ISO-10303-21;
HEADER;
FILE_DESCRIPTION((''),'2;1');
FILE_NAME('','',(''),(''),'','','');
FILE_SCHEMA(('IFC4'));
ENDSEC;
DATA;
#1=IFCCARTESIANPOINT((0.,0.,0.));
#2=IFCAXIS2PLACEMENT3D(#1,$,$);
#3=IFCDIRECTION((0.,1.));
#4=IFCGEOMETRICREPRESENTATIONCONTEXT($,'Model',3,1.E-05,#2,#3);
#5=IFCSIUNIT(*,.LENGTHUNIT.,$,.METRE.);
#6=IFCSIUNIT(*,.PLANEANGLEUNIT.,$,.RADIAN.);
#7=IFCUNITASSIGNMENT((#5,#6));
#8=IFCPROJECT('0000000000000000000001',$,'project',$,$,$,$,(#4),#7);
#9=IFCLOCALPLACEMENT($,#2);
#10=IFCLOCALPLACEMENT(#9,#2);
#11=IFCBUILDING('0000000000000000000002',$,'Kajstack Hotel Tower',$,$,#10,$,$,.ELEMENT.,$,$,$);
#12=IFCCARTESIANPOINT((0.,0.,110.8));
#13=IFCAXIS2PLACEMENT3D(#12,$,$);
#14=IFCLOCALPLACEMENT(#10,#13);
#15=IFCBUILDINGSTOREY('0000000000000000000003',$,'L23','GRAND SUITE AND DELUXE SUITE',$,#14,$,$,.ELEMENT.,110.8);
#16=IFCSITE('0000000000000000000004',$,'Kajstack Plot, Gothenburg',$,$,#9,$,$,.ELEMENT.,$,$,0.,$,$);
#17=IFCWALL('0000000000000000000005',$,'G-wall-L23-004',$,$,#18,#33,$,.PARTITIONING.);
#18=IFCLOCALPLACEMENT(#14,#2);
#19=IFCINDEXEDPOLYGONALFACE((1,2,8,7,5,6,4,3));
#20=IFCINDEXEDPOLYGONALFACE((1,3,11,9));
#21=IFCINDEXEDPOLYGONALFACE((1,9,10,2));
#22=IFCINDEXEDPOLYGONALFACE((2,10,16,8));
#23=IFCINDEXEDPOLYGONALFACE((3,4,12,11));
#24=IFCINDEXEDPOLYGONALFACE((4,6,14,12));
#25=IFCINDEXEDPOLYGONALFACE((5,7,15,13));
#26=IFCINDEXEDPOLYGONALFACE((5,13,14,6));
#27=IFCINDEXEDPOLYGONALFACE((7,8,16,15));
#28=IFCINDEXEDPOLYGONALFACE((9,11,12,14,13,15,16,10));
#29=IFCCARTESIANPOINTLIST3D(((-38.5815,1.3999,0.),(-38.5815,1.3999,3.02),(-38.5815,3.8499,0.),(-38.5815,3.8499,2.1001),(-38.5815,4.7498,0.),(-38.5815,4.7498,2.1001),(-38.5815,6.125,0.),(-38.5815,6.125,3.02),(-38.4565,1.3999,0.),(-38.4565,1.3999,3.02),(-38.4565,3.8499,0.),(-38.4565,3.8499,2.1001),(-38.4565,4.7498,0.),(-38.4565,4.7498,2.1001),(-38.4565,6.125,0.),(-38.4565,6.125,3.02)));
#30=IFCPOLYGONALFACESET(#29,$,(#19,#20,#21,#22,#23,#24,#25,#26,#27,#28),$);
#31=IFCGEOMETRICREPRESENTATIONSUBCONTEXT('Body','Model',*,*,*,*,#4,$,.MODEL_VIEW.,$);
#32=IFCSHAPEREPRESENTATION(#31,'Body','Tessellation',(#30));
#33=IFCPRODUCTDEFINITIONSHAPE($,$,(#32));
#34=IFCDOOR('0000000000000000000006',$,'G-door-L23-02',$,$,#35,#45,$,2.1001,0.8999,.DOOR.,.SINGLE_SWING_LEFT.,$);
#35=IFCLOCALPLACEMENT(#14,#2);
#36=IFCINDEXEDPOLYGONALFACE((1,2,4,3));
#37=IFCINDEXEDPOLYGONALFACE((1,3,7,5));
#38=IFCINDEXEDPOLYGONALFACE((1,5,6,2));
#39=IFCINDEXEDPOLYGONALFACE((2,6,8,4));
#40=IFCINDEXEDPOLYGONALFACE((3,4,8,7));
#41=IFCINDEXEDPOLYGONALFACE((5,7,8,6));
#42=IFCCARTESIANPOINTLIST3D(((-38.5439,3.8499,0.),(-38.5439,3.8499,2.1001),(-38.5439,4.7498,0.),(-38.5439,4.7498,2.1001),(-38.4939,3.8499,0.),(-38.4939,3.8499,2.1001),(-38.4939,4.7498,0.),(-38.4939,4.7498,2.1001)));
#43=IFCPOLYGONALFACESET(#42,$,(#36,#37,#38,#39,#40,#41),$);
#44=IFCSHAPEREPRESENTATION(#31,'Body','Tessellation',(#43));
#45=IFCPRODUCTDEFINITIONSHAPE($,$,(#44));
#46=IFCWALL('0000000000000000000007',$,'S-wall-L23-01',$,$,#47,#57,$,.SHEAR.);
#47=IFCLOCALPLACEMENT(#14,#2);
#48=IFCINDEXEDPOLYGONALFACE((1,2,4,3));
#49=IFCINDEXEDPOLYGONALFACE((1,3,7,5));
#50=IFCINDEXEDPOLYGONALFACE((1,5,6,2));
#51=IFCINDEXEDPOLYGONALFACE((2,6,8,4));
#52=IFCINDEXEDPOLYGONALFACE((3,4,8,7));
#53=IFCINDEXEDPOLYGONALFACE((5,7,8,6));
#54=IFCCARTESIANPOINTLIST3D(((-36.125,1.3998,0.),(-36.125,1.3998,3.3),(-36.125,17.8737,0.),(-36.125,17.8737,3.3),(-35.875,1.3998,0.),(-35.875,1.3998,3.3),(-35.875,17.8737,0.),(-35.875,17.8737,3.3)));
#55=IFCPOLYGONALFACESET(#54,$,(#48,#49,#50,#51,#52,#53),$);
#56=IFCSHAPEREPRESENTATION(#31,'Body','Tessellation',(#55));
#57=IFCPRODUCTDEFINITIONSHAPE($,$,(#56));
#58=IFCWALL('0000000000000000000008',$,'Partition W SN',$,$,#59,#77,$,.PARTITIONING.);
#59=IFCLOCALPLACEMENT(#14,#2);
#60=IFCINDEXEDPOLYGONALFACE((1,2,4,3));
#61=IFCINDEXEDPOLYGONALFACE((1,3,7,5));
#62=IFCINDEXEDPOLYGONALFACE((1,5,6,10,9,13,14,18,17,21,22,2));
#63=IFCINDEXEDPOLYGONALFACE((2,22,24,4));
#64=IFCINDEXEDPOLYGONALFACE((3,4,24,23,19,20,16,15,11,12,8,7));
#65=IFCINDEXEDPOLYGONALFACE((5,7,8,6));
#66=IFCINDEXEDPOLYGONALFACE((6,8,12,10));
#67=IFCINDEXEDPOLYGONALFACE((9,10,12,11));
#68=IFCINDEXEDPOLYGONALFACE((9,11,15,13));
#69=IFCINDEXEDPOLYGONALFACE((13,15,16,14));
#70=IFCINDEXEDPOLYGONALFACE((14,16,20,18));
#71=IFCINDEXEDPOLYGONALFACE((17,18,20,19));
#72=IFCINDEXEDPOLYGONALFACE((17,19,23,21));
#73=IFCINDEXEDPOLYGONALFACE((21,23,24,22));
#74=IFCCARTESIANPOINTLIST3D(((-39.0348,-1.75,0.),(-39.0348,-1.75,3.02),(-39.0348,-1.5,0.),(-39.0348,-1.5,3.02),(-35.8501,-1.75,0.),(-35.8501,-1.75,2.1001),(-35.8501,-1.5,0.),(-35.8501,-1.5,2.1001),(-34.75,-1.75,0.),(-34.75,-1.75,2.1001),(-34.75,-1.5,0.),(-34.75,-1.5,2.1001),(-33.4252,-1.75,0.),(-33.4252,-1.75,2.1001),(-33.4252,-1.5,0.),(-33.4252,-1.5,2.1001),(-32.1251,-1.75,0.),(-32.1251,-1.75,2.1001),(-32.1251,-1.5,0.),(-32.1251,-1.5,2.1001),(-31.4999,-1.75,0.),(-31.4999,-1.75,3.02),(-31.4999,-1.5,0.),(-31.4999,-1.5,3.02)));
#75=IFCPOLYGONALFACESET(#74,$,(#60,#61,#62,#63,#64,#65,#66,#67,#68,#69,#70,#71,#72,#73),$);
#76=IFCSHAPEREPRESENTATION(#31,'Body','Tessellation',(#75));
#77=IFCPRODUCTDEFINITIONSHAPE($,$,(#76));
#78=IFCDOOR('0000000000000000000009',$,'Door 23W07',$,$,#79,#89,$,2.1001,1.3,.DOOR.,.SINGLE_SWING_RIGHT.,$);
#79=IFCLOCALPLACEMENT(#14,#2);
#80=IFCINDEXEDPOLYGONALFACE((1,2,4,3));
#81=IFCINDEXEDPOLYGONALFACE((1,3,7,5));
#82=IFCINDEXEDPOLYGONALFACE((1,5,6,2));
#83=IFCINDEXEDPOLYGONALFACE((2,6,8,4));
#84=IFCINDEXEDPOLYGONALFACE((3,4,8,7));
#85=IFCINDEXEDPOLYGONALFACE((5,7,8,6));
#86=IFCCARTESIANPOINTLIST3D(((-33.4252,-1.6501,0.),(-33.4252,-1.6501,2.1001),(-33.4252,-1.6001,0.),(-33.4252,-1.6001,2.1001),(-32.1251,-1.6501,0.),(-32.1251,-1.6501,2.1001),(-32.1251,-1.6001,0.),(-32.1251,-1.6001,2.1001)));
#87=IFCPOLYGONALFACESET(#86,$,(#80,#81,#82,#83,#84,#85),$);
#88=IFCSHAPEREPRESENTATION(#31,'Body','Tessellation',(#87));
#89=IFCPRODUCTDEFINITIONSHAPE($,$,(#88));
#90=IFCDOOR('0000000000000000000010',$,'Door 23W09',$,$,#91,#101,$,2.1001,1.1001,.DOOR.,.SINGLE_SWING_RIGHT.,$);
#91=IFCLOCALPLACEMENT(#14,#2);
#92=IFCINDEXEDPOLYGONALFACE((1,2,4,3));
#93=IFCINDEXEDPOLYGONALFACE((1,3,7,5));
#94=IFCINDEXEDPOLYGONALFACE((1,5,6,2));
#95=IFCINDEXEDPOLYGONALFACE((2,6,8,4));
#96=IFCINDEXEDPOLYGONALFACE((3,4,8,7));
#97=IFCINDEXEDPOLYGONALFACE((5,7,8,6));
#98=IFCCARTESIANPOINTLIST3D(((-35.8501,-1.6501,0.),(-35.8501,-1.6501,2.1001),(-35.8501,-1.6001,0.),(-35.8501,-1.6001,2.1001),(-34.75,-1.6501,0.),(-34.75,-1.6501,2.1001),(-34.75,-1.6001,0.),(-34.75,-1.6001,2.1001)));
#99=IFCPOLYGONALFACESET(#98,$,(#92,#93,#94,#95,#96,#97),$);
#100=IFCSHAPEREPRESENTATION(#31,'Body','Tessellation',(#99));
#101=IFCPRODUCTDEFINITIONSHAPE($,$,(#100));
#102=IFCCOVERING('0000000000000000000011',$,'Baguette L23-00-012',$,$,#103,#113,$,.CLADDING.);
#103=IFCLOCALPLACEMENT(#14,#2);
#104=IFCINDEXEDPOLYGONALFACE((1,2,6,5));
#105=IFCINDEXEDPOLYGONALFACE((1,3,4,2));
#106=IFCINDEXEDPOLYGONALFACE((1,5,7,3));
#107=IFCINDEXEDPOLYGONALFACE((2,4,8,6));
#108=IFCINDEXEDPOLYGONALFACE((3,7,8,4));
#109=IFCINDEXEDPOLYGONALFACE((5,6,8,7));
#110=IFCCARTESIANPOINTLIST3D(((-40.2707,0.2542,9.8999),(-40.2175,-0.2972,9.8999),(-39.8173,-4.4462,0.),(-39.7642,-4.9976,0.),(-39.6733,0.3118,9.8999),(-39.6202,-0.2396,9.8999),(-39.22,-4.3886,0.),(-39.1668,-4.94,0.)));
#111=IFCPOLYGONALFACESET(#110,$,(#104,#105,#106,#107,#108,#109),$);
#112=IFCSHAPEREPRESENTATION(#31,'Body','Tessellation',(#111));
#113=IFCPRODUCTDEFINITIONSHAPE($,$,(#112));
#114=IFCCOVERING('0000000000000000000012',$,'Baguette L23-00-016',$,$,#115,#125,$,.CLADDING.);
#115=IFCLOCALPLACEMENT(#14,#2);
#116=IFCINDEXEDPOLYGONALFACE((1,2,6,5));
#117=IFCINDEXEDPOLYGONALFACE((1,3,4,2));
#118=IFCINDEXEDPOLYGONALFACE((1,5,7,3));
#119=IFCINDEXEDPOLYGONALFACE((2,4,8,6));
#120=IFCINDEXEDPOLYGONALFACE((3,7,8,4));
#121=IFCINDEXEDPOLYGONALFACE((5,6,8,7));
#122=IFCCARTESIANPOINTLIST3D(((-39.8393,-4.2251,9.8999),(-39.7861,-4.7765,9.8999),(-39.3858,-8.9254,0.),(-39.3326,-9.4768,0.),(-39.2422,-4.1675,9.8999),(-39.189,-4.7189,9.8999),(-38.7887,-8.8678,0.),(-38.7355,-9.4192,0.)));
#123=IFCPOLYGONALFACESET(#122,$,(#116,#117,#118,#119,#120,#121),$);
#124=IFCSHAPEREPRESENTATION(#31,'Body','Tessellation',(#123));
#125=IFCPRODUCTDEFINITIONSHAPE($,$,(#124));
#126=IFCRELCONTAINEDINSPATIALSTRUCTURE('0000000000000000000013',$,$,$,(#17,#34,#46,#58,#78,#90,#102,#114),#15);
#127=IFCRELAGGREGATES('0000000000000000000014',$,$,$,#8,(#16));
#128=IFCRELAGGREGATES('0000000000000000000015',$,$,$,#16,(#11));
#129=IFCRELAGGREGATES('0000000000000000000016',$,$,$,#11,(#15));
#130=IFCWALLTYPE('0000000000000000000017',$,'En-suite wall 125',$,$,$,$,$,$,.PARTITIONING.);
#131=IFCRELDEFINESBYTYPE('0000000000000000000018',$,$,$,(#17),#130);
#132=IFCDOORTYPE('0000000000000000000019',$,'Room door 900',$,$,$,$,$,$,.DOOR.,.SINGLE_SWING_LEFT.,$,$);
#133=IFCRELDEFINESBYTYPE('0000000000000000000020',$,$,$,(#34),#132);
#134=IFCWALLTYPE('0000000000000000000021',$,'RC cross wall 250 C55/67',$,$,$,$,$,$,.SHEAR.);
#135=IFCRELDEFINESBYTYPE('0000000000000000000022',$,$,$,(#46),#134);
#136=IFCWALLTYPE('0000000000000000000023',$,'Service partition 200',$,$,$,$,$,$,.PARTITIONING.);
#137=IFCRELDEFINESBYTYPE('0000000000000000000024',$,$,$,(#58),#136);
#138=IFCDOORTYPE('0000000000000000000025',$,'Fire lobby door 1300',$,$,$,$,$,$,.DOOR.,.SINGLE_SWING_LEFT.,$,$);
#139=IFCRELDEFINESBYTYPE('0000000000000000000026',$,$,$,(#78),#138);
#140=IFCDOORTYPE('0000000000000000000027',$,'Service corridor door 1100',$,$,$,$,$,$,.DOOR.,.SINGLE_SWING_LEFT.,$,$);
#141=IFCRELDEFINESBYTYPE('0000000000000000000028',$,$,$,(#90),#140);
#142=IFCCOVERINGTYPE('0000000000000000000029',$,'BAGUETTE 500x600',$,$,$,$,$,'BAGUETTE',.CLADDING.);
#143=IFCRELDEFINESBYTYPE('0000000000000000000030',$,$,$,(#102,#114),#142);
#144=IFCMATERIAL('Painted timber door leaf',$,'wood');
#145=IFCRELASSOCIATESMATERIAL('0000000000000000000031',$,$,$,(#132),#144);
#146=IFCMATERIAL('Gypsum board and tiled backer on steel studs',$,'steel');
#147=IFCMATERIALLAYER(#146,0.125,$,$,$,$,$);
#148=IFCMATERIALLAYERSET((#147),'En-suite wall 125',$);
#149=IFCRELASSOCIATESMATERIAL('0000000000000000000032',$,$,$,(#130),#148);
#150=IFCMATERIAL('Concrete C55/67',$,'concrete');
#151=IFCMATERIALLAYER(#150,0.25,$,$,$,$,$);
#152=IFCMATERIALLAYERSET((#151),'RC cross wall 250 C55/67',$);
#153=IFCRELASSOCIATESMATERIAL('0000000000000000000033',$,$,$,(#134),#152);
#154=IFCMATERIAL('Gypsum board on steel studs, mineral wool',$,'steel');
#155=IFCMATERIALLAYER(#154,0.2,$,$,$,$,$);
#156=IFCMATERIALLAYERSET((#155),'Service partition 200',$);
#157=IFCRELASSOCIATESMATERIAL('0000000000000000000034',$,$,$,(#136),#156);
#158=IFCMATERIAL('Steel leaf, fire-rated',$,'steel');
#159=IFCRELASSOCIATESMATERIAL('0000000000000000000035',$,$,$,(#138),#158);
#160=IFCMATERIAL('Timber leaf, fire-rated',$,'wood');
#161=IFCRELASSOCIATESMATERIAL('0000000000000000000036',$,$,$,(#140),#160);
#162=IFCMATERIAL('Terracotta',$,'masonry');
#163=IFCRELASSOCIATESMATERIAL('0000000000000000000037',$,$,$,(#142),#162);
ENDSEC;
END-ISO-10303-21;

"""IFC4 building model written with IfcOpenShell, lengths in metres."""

from ifc_helpers import new_model, si_unit, direction, frame, frame_2d, origin, origin_2d, place, context, subcontext, project, spatial, polyline, rectangle, outline, extrude, material, layer, layer_set, material_profile, profile_set, type_object, element, fill, save


model = new_model("IFC4")

# Units and contexts
model_context = context("Model", 3, precision=1e-05, world=origin(), true_north=direction((0.0, 1.0)))
body_context = subcontext(model_context, "Body", "Model", "MODEL_VIEW")
ifc_project = project(units=[si_unit("LENGTHUNIT", "METRE"), si_unit("PLANEANGLEUNIT", "RADIAN")], contexts=[model_context])

# Site, building, storey
site_placement = place(None, origin())
site = spatial("IfcSite", under=ifc_project, at=site_placement, Name="Kajstack Plot, Gothenburg", CompositionType="ELEMENT", RefElevation=0.0)
building_placement = place(site_placement, origin())
building = spatial("IfcBuilding", under=site, at=building_placement, Name="Kajstack Hotel Tower", CompositionType="ELEMENT")
storey_placement = place(building_placement, frame((0.0, 0.0, 110.8)))
storey = spatial("IfcBuildingStorey", under=building, at=storey_placement, Name="L23", Description="GRAND SUITE AND DELUXE SUITE", CompositionType="ELEMENT", Elevation=110.8)

# Shared definitions
ifc_material_1 = material(Name="Gypsum board on steel studs, mineral wool", Category="steel")
ifc_material_2 = material(Name="Painted timber door leaf", Category="wood")
door_type_1 = type_object("IfcDoorType", Name="Room door 900", OperationType="SINGLE_SWING_LEFT", PredefinedType="DOOR", material=ifc_material_2)

# Wall, opening, door
ifc_material_3 = material(Name="Gypsum board and tiled backer on steel studs", Category="steel")
ifc_layer_1 = layer(ifc_material_3, 0.125)
ifc_layer_set_1 = layer_set([ifc_layer_1], Name="En-suite wall 125")
wall_type_1 = type_object("IfcWallType", Name="En-suite wall 125", PredefinedType="PARTITIONING", material=ifc_layer_set_1)
wall_1_placement = place(storey_placement, frame((-38.519, 1.3999, 0.0), z_axis=(0.0, 0.0, 1.0), x_axis=(0.0, 1.0, 0.0)))
wall_1 = element("IfcWall", 1, at=wall_1_placement, inside=storey, type_object=wall_type_1, Name="G-wall-L23-004", PredefinedType="PARTITIONING", context=body_context, shape_type="SweptSolid", body=[
    extrude(rectangle(XDim=4.7251, YDim=0.125, at=frame_2d((2.3625, 0.0))), origin(), (0.0, 0.0, 1.0), 3.02),
])
opening_1_placement = place(wall_1_placement, frame((2.45, 0.0, 0.0)))
opening_1 = element("IfcOpeningElement", 2, at=opening_1_placement, cuts=wall_1, PredefinedType="OPENING", context=body_context, shape_type="SweptSolid", body=[
    extrude(rectangle(XDim=0.8999, YDim=2.1001, at=frame_2d((0.45, 1.05))), frame((0.0, 0.0725, 0.0), z_axis=(0.0, -1.0, 0.0), x_axis=(1.0, 0.0, 0.0)), (0.0, 0.0, 1.0), 0.145),
])
door_1_placement = place(opening_1_placement, origin())
door_1 = element("IfcDoor", 3, at=door_1_placement, inside=storey, type_object=door_type_1, Name="G-door-L23-02", OperationType="SINGLE_SWING_LEFT", OverallHeight=2.1001, OverallWidth=0.8999, PredefinedType="DOOR", context=body_context, shape_type="SweptSolid", body=[
    extrude(rectangle(XDim=0.8999, YDim=2.1001, at=frame_2d((0.45, 1.05))), frame((0.0, 0.0249, 0.0), z_axis=(0.0, -1.0, 0.0), x_axis=(1.0, 0.0, 0.0)), (0.0, 0.0, 1.0), 0.05),
])
fill(opening_1, door_1)

# Wall
ifc_material_4 = material(Name="Concrete C55/67", Category="concrete")
ifc_layer_2 = layer(ifc_material_4, 0.25)
ifc_layer_set_2 = layer_set([ifc_layer_2], Name="RC cross wall 250 C55/67")
wall_type_2 = type_object("IfcWallType", Name="RC cross wall 250 C55/67", PredefinedType="SHEAR", material=ifc_layer_set_2)
wall_2_placement = place(storey_placement, frame((-36.0, 1.3999, 0.0), z_axis=(0.0, 0.0, 1.0), x_axis=(0.0, 1.0, 0.0)))
element("IfcWall", 4, at=wall_2_placement, inside=storey, type_object=wall_type_2, Name="S-wall-L23-01", PredefinedType="SHEAR", context=body_context, shape_type="SweptSolid", body=[
    extrude(rectangle(XDim=16.4739, YDim=0.25, at=frame_2d((8.2368, 0.0))), origin(), (0.0, 0.0, 1.0), 3.3),
])

# Wall, openings, doors
ifc_layer_3 = layer(ifc_material_1, 0.2)
ifc_layer_set_3 = layer_set([ifc_layer_3], Name="Service partition 200")
wall_type_3 = type_object("IfcWallType", Name="Service partition 200", PredefinedType="PARTITIONING", material=ifc_layer_set_3)
wall_3_placement = place(storey_placement, frame((-39.0349, -1.625, 0.0), z_axis=(0.0, 0.0, 1.0), x_axis=(1.0, 0.0, 0.0)))
wall_3 = element("IfcWall", 5, at=wall_3_placement, inside=storey, type_object=wall_type_3, Name="Partition W SN", PredefinedType="PARTITIONING", context=body_context, shape_type="SweptSolid", body=[
    extrude(rectangle(XDim=7.5349, YDim=0.25, at=frame_2d((3.7676, 0.0))), origin(), (0.0, 0.0, 1.0), 3.02),
])
opening_2_placement = place(wall_3_placement, frame((5.6099, 0.0, 0.0)))
opening_2 = element("IfcOpeningElement", 6, at=opening_2_placement, cuts=wall_3, PredefinedType="OPENING", context=body_context, shape_type="SweptSolid", body=[
    extrude(rectangle(XDim=1.3, YDim=2.1001, at=frame_2d((0.6499, 1.05))), frame((0.0, 0.135, 0.0), z_axis=(0.0, -1.0, 0.0), x_axis=(1.0, 0.0, 0.0)), (0.0, 0.0, 1.0), 0.27),
])
opening_3_placement = place(wall_3_placement, frame((3.1848, 0.0, 0.0)))
opening_3 = element("IfcOpeningElement", 7, at=opening_3_placement, cuts=wall_3, PredefinedType="OPENING", context=body_context, shape_type="SweptSolid", body=[
    extrude(rectangle(XDim=1.1001, YDim=2.1001, at=frame_2d((0.55, 1.05))), frame((0.0, 0.135, 0.0), z_axis=(0.0, -1.0, 0.0), x_axis=(1.0, 0.0, 0.0)), (0.0, 0.0, 1.0), 0.27),
])
ifc_material_5 = material(Name="Steel leaf, fire-rated", Category="steel")
door_type_2 = type_object("IfcDoorType", Name="Fire lobby door 1300", OperationType="SINGLE_SWING_LEFT", PredefinedType="DOOR", material=ifc_material_5)
door_2_placement = place(opening_2_placement, origin())
door_2 = element("IfcDoor", 8, at=door_2_placement, inside=storey, type_object=door_type_2, Name="Door 23W07", OperationType="SINGLE_SWING_RIGHT", OverallHeight=2.1001, OverallWidth=1.3, PredefinedType="DOOR", context=body_context, shape_type="SweptSolid", body=[
    extrude(rectangle(XDim=1.3, YDim=2.1001, at=frame_2d((0.6499, 1.05))), frame((0.0, 0.0249, 0.0), z_axis=(0.0, -1.0, 0.0), x_axis=(1.0, 0.0, 0.0)), (0.0, 0.0, 1.0), 0.05),
])
fill(opening_2, door_2)
ifc_material_6 = material(Name="Timber leaf, fire-rated", Category="wood")
door_type_3 = type_object("IfcDoorType", Name="Service corridor door 1100", OperationType="SINGLE_SWING_LEFT", PredefinedType="DOOR", material=ifc_material_6)
door_3_placement = place(opening_3_placement, origin())
door_3 = element("IfcDoor", 9, at=door_3_placement, inside=storey, type_object=door_type_3, Name="Door 23W09", OperationType="SINGLE_SWING_RIGHT", OverallHeight=2.1001, OverallWidth=1.1001, PredefinedType="DOOR", context=body_context, shape_type="SweptSolid", body=[
    extrude(rectangle(XDim=1.1001, YDim=2.1001, at=frame_2d((0.55, 1.05))), frame((0.0, 0.0249, 0.0), z_axis=(0.0, -1.0, 0.0), x_axis=(1.0, 0.0, 0.0)), (0.0, 0.0, 1.0), 0.05),
])
fill(opening_3, door_3)

# Coverings
ifc_material_7 = material(Name="Terracotta", Category="masonry")
ifc_material_profile = material_profile(ifc_material_7, rectangle(XDim=0.6001, YDim=0.5, at=origin_2d()), Name="Terracotta-clad concrete baguette 500 x 600")
ifc_profile_set = profile_set([ifc_material_profile], Name="Terracotta")
covering_type = type_object("IfcCoveringType", Name="BAGUETTE 500x600", ElementType="BAGUETTE", PredefinedType="CLADDING", material=ifc_profile_set)
covering_1_placement = place(storey_placement, frame((-39.6733, 0.3118, 0.0), z_axis=(-0.995381, -0.095999, 0.0), x_axis=(0.095999, -0.995381, 0.0)))
element("IfcCovering", 10, at=covering_1_placement, inside=storey, type_object=covering_type, Name="Baguette L23-00-012", PredefinedType="CLADDING", context=body_context, shape_type="SweptSolid", body=[
    extrude(outline(polyline([(0.0, 9.8999), (4.7222, 0.0), (5.2761, 0.0), (0.554, 9.8999), (0.0, 9.8999)])), origin(), (0.0, 0.0, 1.0), 0.6001),
])
covering_2_placement = place(storey_placement, frame((-39.2422, -4.1675, 0.0), z_axis=(-0.995378, -0.096038, 0.0), x_axis=(0.096038, -0.995378, 0.0)))
element("IfcCovering", 11, at=covering_2_placement, inside=storey, type_object=covering_type, Name="Baguette L23-00-016", PredefinedType="CLADDING", context=body_context, shape_type="SweptSolid", body=[
    extrude(outline(polyline([(0.0, 9.8999), (4.7222, 0.0), (5.2761, 0.0), (0.554, 9.8999), (0.0, 9.8999)])), origin(), (0.0, 0.0, 1.0), 0.5999),
])

save(model, "model.ifc")
